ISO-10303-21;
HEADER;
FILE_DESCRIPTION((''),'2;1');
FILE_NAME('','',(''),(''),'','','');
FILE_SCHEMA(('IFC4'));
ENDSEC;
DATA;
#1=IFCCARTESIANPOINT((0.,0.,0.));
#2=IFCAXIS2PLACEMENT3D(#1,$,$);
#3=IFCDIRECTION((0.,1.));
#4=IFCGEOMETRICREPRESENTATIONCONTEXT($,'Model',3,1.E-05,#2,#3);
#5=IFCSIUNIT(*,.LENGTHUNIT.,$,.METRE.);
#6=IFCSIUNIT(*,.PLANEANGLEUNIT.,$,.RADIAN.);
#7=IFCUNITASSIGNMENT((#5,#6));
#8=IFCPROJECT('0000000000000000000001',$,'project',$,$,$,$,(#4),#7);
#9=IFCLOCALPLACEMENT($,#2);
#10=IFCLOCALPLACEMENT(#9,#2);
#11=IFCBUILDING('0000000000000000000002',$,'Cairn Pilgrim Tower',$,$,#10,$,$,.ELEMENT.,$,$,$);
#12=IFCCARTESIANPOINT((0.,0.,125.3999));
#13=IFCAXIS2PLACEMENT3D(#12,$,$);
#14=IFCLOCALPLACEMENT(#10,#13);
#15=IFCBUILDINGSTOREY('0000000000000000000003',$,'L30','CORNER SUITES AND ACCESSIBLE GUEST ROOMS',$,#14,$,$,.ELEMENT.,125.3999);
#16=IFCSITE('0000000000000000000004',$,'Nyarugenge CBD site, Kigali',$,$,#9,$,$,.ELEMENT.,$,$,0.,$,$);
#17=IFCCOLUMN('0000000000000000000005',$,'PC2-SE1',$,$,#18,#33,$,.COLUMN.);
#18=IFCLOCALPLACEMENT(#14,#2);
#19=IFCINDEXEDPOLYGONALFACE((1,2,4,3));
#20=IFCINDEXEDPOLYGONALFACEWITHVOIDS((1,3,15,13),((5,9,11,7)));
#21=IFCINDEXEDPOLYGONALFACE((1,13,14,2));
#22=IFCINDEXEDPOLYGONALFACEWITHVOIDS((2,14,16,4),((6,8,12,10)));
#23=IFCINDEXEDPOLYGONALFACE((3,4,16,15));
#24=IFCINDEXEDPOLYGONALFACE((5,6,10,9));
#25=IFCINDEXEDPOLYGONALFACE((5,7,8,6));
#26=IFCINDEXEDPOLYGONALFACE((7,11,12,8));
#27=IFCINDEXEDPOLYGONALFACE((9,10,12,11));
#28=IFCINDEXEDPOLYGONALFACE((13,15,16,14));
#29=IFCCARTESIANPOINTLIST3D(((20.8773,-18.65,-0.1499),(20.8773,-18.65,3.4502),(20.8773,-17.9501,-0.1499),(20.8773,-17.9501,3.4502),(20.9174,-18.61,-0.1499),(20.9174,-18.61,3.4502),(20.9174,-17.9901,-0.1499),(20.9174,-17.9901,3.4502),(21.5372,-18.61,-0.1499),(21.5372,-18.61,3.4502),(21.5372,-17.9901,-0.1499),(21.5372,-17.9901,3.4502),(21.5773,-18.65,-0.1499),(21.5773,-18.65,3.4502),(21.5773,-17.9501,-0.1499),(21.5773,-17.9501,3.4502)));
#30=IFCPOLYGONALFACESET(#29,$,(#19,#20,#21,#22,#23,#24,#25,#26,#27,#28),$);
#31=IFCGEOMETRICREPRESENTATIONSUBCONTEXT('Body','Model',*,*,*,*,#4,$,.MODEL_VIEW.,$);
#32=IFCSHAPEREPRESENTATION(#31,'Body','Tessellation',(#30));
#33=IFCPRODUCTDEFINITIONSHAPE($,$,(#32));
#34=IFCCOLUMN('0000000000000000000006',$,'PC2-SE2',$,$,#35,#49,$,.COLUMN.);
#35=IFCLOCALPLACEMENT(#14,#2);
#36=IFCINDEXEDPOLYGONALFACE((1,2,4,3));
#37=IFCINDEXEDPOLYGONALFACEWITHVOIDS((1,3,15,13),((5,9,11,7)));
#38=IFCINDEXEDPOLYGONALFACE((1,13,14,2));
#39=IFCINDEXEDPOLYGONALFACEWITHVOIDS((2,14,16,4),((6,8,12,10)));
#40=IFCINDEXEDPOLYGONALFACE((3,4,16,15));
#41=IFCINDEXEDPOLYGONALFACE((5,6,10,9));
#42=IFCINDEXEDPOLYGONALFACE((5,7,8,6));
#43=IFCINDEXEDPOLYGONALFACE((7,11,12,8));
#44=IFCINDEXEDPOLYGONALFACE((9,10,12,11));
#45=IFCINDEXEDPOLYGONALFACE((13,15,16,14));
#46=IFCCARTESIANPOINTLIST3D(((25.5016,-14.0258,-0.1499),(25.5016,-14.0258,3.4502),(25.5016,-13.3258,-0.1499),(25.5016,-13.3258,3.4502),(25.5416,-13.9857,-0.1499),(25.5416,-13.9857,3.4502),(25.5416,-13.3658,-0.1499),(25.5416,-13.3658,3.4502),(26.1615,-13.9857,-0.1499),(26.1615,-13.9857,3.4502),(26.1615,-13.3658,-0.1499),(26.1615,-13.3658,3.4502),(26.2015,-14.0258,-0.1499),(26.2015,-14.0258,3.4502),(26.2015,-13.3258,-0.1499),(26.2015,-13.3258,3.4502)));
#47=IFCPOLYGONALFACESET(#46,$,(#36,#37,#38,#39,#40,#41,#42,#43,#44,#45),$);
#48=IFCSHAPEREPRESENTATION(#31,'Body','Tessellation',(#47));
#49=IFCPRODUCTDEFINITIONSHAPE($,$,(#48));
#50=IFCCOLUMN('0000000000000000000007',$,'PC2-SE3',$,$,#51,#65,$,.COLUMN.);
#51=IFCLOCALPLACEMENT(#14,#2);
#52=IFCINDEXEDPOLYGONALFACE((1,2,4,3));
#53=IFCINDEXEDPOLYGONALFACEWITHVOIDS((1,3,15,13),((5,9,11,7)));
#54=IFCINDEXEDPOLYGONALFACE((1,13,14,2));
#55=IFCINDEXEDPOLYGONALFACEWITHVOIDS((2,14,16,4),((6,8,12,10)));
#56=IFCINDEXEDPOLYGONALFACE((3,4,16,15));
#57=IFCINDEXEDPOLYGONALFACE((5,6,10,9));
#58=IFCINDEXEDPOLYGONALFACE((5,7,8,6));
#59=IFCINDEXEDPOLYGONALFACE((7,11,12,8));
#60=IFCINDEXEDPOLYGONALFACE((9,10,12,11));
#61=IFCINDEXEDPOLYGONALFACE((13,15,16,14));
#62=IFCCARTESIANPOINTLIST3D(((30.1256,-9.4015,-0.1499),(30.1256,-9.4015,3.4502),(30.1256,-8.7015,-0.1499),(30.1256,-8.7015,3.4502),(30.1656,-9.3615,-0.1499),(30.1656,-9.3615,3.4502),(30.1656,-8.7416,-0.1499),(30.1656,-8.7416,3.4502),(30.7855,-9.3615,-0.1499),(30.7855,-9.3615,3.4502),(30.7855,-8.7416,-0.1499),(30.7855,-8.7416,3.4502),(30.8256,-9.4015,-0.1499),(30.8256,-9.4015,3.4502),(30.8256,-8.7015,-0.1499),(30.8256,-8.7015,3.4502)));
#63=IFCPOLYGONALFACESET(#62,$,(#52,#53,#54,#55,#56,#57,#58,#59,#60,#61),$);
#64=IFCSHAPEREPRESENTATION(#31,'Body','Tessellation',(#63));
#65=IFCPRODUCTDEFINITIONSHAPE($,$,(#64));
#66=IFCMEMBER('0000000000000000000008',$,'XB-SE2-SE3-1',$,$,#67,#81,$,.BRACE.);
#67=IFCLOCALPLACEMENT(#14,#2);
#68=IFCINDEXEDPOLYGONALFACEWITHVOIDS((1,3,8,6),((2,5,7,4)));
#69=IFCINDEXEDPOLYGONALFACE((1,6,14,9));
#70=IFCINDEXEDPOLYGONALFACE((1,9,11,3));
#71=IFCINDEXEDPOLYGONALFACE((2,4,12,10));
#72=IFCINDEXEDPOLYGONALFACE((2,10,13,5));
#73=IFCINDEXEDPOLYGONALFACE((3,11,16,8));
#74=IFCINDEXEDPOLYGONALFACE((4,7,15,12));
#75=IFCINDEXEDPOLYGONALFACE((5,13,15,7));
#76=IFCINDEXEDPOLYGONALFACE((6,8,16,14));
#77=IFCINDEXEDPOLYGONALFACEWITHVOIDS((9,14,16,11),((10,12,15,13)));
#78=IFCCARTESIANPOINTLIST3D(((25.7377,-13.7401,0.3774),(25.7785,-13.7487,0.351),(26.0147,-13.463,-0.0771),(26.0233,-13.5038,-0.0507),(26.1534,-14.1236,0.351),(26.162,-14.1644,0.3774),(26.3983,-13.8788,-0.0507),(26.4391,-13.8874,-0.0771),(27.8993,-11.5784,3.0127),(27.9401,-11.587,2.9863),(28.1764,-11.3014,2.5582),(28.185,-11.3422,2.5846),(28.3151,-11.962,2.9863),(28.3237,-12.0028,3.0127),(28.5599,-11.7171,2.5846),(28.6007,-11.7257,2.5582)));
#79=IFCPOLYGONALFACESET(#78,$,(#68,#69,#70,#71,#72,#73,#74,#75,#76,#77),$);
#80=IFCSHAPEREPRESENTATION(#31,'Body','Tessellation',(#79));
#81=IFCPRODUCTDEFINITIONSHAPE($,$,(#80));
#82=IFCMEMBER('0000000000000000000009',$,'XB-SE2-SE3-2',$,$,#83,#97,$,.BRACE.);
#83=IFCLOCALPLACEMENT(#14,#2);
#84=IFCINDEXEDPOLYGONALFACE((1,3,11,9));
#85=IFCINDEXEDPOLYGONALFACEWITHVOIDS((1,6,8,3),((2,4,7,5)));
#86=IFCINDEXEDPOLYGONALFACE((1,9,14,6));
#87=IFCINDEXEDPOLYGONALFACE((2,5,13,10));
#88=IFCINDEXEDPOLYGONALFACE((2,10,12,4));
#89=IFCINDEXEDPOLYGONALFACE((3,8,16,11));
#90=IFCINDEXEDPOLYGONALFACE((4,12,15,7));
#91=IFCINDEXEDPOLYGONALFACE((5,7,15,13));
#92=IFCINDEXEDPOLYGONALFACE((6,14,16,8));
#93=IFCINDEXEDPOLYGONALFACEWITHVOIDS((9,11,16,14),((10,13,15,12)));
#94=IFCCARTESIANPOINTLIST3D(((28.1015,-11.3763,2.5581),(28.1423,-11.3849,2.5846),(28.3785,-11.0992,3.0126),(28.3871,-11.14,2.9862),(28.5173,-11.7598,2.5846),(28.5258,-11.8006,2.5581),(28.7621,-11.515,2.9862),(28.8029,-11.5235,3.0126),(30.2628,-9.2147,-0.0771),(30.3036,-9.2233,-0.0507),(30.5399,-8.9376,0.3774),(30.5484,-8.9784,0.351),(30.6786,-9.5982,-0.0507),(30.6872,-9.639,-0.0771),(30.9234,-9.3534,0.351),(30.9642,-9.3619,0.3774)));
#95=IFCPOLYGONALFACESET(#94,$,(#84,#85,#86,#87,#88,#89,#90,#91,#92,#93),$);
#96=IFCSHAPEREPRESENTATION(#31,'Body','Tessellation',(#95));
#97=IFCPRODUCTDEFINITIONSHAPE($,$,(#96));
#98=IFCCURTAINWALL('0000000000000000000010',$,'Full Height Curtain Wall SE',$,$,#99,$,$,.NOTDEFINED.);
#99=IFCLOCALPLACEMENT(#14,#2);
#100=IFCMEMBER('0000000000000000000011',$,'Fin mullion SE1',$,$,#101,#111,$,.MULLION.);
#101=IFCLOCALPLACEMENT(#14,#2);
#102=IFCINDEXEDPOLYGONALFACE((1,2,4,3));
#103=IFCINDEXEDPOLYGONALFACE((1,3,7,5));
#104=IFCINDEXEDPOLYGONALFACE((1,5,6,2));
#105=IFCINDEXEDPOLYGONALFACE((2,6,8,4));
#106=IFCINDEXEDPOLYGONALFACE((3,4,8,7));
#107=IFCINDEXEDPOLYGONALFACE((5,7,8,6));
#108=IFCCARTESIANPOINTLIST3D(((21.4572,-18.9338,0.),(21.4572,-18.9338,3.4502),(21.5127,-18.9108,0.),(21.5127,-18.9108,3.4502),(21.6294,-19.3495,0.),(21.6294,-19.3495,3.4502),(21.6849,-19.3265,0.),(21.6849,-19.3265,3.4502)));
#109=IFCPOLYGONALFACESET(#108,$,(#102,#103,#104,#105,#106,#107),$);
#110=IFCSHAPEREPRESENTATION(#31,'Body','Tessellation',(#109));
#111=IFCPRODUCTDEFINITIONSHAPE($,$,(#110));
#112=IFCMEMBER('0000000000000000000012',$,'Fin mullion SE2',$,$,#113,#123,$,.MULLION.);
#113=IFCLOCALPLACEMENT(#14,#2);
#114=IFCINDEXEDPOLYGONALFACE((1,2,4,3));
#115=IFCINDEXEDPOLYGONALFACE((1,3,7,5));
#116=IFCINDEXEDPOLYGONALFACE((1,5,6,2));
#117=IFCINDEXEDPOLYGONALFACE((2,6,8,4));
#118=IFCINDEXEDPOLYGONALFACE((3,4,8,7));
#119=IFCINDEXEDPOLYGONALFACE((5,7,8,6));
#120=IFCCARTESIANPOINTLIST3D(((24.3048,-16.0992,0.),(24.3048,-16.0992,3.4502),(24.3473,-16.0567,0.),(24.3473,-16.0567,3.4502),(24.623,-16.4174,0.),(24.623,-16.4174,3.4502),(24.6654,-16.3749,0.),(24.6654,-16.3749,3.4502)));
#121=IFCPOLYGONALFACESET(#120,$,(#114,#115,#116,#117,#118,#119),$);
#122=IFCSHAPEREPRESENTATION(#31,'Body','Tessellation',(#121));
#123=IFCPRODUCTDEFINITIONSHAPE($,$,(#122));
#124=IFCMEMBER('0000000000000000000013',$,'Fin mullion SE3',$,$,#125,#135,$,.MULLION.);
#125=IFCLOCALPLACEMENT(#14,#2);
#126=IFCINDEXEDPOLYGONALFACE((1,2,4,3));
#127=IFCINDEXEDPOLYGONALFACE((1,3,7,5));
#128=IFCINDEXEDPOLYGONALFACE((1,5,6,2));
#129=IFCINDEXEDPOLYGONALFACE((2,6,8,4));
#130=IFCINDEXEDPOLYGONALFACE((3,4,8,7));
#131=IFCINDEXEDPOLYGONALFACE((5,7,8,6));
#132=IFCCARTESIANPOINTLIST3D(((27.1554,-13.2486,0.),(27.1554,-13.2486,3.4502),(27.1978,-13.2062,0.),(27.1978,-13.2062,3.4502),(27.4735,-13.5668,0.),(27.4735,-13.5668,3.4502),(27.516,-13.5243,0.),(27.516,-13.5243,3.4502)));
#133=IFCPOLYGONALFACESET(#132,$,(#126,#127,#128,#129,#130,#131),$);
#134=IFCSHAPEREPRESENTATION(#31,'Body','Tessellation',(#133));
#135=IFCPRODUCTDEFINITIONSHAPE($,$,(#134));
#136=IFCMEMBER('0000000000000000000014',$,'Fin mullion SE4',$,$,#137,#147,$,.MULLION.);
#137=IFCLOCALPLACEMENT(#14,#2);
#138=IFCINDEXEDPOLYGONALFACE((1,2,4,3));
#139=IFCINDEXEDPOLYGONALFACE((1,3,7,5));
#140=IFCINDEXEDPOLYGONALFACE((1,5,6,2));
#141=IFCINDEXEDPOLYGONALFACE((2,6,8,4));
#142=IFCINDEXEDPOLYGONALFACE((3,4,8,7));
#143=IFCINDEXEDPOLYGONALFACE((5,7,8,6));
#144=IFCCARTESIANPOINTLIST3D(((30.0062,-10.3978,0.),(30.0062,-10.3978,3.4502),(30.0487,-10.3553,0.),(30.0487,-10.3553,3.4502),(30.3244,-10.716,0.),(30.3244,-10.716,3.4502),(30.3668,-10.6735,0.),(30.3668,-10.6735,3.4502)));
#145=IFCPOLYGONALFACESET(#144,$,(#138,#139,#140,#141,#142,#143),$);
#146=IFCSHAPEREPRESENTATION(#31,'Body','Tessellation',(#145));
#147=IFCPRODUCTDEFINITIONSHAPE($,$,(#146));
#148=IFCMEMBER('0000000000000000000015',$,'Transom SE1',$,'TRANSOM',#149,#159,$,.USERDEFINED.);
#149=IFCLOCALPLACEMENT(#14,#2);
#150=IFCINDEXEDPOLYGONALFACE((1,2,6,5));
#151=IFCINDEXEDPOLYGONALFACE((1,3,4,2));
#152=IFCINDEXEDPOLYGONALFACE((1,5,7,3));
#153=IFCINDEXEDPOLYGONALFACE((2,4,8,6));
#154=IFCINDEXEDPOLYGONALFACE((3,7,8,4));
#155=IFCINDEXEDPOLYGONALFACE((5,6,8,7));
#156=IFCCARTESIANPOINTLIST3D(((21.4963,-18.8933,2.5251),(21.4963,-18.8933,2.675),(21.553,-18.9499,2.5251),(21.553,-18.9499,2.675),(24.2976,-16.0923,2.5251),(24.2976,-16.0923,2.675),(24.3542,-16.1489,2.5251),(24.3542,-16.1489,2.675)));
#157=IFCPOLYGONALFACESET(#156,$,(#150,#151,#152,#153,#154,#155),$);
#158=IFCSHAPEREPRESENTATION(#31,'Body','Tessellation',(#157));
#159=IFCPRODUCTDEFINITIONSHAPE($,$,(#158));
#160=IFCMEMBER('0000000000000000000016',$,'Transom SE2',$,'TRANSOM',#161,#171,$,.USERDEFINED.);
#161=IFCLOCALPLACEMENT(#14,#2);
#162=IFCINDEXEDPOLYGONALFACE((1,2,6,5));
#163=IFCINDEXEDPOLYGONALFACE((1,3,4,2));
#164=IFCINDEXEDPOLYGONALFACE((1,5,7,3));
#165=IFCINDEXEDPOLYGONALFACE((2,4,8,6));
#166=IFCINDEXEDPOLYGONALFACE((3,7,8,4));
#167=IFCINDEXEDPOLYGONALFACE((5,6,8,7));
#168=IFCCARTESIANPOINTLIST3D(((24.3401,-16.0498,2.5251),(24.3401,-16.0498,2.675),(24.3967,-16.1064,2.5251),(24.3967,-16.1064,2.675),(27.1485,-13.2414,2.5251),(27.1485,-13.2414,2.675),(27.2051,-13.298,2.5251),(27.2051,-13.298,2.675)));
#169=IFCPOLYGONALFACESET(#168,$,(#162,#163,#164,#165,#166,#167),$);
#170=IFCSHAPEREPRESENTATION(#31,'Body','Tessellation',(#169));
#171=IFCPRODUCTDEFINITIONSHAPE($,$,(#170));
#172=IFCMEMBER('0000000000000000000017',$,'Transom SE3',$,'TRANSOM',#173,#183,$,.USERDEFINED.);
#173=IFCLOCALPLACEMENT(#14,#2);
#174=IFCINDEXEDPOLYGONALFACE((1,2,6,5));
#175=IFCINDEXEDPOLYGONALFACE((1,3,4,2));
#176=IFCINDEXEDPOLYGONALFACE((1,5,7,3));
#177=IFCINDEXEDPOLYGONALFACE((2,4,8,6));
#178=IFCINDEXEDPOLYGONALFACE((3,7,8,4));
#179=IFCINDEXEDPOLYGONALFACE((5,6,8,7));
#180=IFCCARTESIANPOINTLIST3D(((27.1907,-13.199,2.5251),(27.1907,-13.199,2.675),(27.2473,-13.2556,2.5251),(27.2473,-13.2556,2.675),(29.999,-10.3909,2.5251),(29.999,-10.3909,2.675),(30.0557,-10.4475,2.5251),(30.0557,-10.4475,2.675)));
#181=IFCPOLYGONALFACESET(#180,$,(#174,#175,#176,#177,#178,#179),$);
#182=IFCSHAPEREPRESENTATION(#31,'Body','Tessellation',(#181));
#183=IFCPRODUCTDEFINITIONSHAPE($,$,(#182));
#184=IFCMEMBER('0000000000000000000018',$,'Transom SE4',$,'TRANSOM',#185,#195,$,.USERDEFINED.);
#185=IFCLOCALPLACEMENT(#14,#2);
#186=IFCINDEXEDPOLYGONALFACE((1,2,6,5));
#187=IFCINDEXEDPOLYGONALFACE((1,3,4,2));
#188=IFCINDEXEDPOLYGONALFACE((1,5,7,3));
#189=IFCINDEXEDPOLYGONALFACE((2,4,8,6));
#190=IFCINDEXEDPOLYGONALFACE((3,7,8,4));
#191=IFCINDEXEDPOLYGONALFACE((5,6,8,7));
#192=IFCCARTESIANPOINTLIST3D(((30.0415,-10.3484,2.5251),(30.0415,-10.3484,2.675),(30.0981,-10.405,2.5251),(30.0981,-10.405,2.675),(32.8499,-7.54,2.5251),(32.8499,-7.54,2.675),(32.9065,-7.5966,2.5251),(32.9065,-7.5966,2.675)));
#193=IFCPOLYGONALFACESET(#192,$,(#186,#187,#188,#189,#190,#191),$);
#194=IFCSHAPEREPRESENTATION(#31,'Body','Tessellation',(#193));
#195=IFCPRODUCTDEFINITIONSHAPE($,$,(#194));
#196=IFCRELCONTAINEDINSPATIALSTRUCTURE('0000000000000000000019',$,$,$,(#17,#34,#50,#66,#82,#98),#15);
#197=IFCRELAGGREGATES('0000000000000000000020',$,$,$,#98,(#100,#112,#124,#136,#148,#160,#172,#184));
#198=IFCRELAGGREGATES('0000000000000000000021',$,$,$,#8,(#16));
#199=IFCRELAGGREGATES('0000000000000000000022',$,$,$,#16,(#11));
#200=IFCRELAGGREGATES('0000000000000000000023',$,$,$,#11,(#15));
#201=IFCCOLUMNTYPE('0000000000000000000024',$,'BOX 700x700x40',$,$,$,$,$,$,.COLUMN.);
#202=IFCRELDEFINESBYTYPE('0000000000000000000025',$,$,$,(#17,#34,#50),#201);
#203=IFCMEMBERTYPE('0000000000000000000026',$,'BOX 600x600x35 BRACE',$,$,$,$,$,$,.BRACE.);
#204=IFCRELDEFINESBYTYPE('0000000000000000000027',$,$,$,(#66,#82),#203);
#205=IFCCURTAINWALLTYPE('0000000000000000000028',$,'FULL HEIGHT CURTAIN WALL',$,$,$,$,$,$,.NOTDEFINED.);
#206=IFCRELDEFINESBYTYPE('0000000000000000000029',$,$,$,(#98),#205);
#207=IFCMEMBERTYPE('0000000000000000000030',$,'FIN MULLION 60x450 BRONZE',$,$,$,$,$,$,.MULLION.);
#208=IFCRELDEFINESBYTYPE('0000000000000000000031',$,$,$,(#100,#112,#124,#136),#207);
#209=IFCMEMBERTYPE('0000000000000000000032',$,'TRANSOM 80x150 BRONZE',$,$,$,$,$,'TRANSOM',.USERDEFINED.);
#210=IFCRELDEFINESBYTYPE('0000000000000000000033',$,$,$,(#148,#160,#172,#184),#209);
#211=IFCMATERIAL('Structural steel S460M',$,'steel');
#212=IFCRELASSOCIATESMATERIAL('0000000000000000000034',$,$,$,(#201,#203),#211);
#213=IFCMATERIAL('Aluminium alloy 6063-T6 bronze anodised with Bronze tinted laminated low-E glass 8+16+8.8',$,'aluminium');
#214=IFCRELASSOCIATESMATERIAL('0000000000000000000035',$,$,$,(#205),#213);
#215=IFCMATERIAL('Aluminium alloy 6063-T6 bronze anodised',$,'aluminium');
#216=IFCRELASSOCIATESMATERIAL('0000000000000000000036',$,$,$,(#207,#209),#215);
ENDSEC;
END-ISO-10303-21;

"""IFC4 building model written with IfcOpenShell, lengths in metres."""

from ifc_helpers import new_model, si_unit, direction, frame, origin, origin_2d, place, context, subcontext, project, spatial, rectangle, hollow_rectangle, extrude, material, material_profile, profile_set, type_object, element, aggregate, save


model = new_model("IFC4")

# Units and contexts
model_context = context("Model", 3, precision=1e-05, world=origin(), true_north=direction((0.0, 1.0)))
body_context = subcontext(model_context, "Body", "Model", "MODEL_VIEW")
ifc_project = project(units=[si_unit("LENGTHUNIT", "METRE"), si_unit("PLANEANGLEUNIT", "RADIAN")], contexts=[model_context])

# Site, building, storey
site_placement = place(None, origin())
site = spatial("IfcSite", under=ifc_project, at=site_placement, Name="Nyarugenge CBD site, Kigali", CompositionType="ELEMENT", RefElevation=0.0)
building_placement = place(site_placement, origin())
building = spatial("IfcBuilding", under=site, at=building_placement, Name="Cairn Pilgrim Tower", CompositionType="ELEMENT")
storey_placement = place(building_placement, frame((0.0, 0.0, 125.3999)))
storey = spatial("IfcBuildingStorey", under=building, at=storey_placement, Name="L30", Description="CORNER SUITES AND ACCESSIBLE GUEST ROOMS", CompositionType="ELEMENT", Elevation=125.3999)

# Columns
ifc_material_1 = material(Name="Structural steel S460M", Category="steel")
ifc_material_profile_1 = material_profile(ifc_material_1, hollow_rectangle(XDim=0.7, YDim=0.7, WallThickness=0.04, at=origin_2d()), Name="BOX 700x700x40")
ifc_profile_set_1 = profile_set([ifc_material_profile_1], Name="Structural steel S460M")
column_type = type_object("IfcColumnType", Name="BOX 700x700x40", PredefinedType="COLUMN", material=ifc_profile_set_1)
for number, where, z_axis, x_axis, name in (
    (1, (21.2273, -18.3, -0.1499), (0.0, 0.0, 1.0), (1.0, 0.0, 0.0), "PC2-SE1"),
    (2, (25.8516, -13.6758, -0.1499), (0.0, 0.0, 1.0), (1.0, 0.0, 0.0), "PC2-SE2"),
    (3, (30.4756, -9.0515, -0.1499), (0.0, 0.0, 1.0), (1.0, 0.0, 0.0), "PC2-SE3"),
):
    element("IfcColumn", number, at=place(storey_placement, frame(where, z_axis=z_axis, x_axis=x_axis)), inside=storey, type_object=column_type, Name=name, PredefinedType="COLUMN", context=body_context, shape_type="SweptSolid", body=[
        extrude(hollow_rectangle(XDim=0.7, YDim=0.7, WallThickness=0.04, at=origin_2d()), origin(), (0.0, 0.0, 1.0), 3.6001),
    ])

# Members
ifc_material_profile_2 = material_profile(ifc_material_1, hollow_rectangle(XDim=0.6001, YDim=0.6001, WallThickness=0.0349, at=origin_2d()), Name="BOX 600x600x35")
ifc_profile_set_2 = profile_set([ifc_material_profile_2], Name="Structural steel S460M")
member_type_1 = type_object("IfcMemberType", Name="BOX 600x600x35 BRACE", PredefinedType="BRACE", material=ifc_profile_set_2)
member_1_placement = place(storey_placement, frame((26.0884, -13.8137, 0.1501), z_axis=(0.535577, 0.535577, 0.652927), x_axis=(-0.707107, 0.707107, 0.0)))
element("IfcMember", 4, at=member_1_placement, inside=storey, type_object=member_type_1, Name="XB-SE2-SE3-1", PredefinedType="BRACE", context=body_context, shape_type="SweptSolid", body=[
    extrude(hollow_rectangle(XDim=0.6001, YDim=0.6001, WallThickness=0.0349, at=origin_2d()), origin(), (0.0, 0.0, 1.0), 4.0361),
])
member_2_placement = place(storey_placement, frame((30.6135, -9.2883, 0.1501), z_axis=(-0.535534, -0.535594, 0.652949), x_axis=(0.707147, -0.707067, 0.0)))
element("IfcMember", 5, at=member_2_placement, inside=storey, type_object=member_type_1, Name="XB-SE2-SE3-2", PredefinedType="BRACE", context=body_context, shape_type="SweptSolid", body=[
    extrude(hollow_rectangle(XDim=0.6001, YDim=0.6001, WallThickness=0.0349, at=origin_2d()), origin(), (0.0, 0.0, 1.0), 4.0359),
])

# Curtain wall, members
ifc_material_2 = material(Name="Aluminium alloy 6063-T6 bronze anodised with Bronze tinted laminated low-E glass 8+16+8.8", Category="aluminium")
curtain_wall_type = type_object("IfcCurtainWallType", Name="FULL HEIGHT CURTAIN WALL", PredefinedType="NOTDEFINED", material=ifc_material_2)
curtain_wall_placement = place(storey_placement, origin())
curtain_wall = element("IfcCurtainWall", 6, at=curtain_wall_placement, inside=storey, type_object=curtain_wall_type, Name="Full Height Curtain Wall SE", PredefinedType="NOTDEFINED")
ifc_material_3 = material(Name="Aluminium alloy 6063-T6 bronze anodised", Category="aluminium")
ifc_material_profile_3 = material_profile(ifc_material_3, rectangle(XDim=0.45, YDim=0.0601, at=origin_2d()), Name="FIN MULLION 60x450 BRONZE")
ifc_profile_set_3 = profile_set([ifc_material_profile_3], Name="Aluminium alloy 6063-T6 bronze anodised")
member_type_2 = type_object("IfcMemberType", Name="FIN MULLION 60x450 BRONZE", PredefinedType="MULLION", material=ifc_profile_set_3)
member_3_placement = place(storey_placement, frame((21.571, -19.1301, 0.0), z_axis=(0.0, 0.0, 1.0), x_axis=(0.382683, -0.92388, 0.0)))
member_3 = element("IfcMember", 7, at=member_3_placement, type_object=member_type_2, Name="Fin mullion SE1", PredefinedType="MULLION", context=body_context, shape_type="SweptSolid", body=[
    extrude(rectangle(XDim=0.45, YDim=0.0601, at=origin_2d()), origin(), (0.0, 0.0, 1.0), 3.4502),
])
member_4_placement = place(storey_placement, frame((24.4851, -16.2371, 0.0), z_axis=(0.0, 0.0, 1.0), x_axis=(0.707107, -0.707107, 0.0)))
member_4 = element("IfcMember", 8, at=member_4_placement, type_object=member_type_2, Name="Fin mullion SE2", PredefinedType="MULLION", context=body_context, shape_type="SweptSolid", body=[
    extrude(rectangle(XDim=0.45, YDim=0.0601, at=origin_2d()), origin(), (0.0, 0.0, 1.0), 3.4502),
])
member_5_placement = place(storey_placement, frame((27.3357, -13.3865, 0.0), z_axis=(0.0, 0.0, 1.0), x_axis=(0.707107, -0.707107, 0.0)))
member_5 = element("IfcMember", 9, at=member_5_placement, type_object=member_type_2, Name="Fin mullion SE3", PredefinedType="MULLION", context=body_context, shape_type="SweptSolid", body=[
    extrude(rectangle(XDim=0.45, YDim=0.0601, at=origin_2d()), origin(), (0.0, 0.0, 1.0), 3.4502),
])
member_6_placement = place(storey_placement, frame((30.1865, -10.5356, 0.0), z_axis=(0.0, 0.0, 1.0), x_axis=(0.707107, -0.707107, 0.0)))
member_6 = element("IfcMember", 10, at=member_6_placement, type_object=member_type_2, Name="Fin mullion SE4", PredefinedType="MULLION", context=body_context, shape_type="SweptSolid", body=[
    extrude(rectangle(XDim=0.45, YDim=0.0601, at=origin_2d()), origin(), (0.0, 0.0, 1.0), 3.4502),
])
ifc_material_profile_4 = material_profile(ifc_material_3, rectangle(XDim=0.0801, YDim=0.1499, at=origin_2d()), Name="TRANSOM 80x150 BRONZE")
ifc_profile_set_4 = profile_set([ifc_material_profile_4], Name="Aluminium alloy 6063-T6 bronze anodised")
member_type_3 = type_object("IfcMemberType", Name="TRANSOM 80x150 BRONZE", ElementType="TRANSOM", PredefinedType="USERDEFINED", material=ifc_profile_set_4)
member_7_placement = place(storey_placement, frame((21.5247, -18.9216, 2.6001), z_axis=(0.707138, 0.707076, 0.0), x_axis=(-0.707076, 0.707138, 0.0)))
member_7 = element("IfcMember", 11, at=member_7_placement, type_object=member_type_3, Name="Transom SE1", ObjectType="TRANSOM", PredefinedType="USERDEFINED", context=body_context, shape_type="SweptSolid", body=[
    extrude(rectangle(XDim=0.0801, YDim=0.1499, at=origin_2d()), origin(), (0.0, 0.0, 1.0), 3.9614),
])
member_8_placement = place(storey_placement, frame((24.3684, -16.0781, 2.6001), z_axis=(0.707107, 0.707107, 0.0), x_axis=(-0.707107, 0.707107, 0.0)))
member_8 = element("IfcMember", 12, at=member_8_placement, type_object=member_type_3, Name="Transom SE2", ObjectType="TRANSOM", PredefinedType="USERDEFINED", context=body_context, shape_type="SweptSolid", body=[
    extrude(rectangle(XDim=0.0801, YDim=0.1499, at=origin_2d()), origin(), (0.0, 0.0, 1.0), 3.9717),
])
member_9_placement = place(storey_placement, frame((27.219, -13.2273, 2.6001), z_axis=(0.707138, 0.707076, 0.0), x_axis=(-0.707076, 0.707138, 0.0)))
member_9 = element("IfcMember", 13, at=member_9_placement, type_object=member_type_3, Name="Transom SE3", ObjectType="TRANSOM", PredefinedType="USERDEFINED", context=body_context, shape_type="SweptSolid", body=[
    extrude(rectangle(XDim=0.0801, YDim=0.1499, at=origin_2d()), origin(), (0.0, 0.0, 1.0), 3.9714),
])
member_10_placement = place(storey_placement, frame((30.0698, -10.3767, 2.6001), z_axis=(0.707107, 0.707107, 0.0), x_axis=(-0.707107, 0.707107, 0.0)))
member_10 = element("IfcMember", 14, at=member_10_placement, type_object=member_type_3, Name="Transom SE4", ObjectType="TRANSOM", PredefinedType="USERDEFINED", context=body_context, shape_type="SweptSolid", body=[
    extrude(rectangle(XDim=0.0801, YDim=0.1499, at=origin_2d()), origin(), (0.0, 0.0, 1.0), 3.9717),
])
aggregate(curtain_wall, [member_3, member_4, member_5, member_6, member_7, member_8, member_9, member_10])

save(model, "model.ifc")
